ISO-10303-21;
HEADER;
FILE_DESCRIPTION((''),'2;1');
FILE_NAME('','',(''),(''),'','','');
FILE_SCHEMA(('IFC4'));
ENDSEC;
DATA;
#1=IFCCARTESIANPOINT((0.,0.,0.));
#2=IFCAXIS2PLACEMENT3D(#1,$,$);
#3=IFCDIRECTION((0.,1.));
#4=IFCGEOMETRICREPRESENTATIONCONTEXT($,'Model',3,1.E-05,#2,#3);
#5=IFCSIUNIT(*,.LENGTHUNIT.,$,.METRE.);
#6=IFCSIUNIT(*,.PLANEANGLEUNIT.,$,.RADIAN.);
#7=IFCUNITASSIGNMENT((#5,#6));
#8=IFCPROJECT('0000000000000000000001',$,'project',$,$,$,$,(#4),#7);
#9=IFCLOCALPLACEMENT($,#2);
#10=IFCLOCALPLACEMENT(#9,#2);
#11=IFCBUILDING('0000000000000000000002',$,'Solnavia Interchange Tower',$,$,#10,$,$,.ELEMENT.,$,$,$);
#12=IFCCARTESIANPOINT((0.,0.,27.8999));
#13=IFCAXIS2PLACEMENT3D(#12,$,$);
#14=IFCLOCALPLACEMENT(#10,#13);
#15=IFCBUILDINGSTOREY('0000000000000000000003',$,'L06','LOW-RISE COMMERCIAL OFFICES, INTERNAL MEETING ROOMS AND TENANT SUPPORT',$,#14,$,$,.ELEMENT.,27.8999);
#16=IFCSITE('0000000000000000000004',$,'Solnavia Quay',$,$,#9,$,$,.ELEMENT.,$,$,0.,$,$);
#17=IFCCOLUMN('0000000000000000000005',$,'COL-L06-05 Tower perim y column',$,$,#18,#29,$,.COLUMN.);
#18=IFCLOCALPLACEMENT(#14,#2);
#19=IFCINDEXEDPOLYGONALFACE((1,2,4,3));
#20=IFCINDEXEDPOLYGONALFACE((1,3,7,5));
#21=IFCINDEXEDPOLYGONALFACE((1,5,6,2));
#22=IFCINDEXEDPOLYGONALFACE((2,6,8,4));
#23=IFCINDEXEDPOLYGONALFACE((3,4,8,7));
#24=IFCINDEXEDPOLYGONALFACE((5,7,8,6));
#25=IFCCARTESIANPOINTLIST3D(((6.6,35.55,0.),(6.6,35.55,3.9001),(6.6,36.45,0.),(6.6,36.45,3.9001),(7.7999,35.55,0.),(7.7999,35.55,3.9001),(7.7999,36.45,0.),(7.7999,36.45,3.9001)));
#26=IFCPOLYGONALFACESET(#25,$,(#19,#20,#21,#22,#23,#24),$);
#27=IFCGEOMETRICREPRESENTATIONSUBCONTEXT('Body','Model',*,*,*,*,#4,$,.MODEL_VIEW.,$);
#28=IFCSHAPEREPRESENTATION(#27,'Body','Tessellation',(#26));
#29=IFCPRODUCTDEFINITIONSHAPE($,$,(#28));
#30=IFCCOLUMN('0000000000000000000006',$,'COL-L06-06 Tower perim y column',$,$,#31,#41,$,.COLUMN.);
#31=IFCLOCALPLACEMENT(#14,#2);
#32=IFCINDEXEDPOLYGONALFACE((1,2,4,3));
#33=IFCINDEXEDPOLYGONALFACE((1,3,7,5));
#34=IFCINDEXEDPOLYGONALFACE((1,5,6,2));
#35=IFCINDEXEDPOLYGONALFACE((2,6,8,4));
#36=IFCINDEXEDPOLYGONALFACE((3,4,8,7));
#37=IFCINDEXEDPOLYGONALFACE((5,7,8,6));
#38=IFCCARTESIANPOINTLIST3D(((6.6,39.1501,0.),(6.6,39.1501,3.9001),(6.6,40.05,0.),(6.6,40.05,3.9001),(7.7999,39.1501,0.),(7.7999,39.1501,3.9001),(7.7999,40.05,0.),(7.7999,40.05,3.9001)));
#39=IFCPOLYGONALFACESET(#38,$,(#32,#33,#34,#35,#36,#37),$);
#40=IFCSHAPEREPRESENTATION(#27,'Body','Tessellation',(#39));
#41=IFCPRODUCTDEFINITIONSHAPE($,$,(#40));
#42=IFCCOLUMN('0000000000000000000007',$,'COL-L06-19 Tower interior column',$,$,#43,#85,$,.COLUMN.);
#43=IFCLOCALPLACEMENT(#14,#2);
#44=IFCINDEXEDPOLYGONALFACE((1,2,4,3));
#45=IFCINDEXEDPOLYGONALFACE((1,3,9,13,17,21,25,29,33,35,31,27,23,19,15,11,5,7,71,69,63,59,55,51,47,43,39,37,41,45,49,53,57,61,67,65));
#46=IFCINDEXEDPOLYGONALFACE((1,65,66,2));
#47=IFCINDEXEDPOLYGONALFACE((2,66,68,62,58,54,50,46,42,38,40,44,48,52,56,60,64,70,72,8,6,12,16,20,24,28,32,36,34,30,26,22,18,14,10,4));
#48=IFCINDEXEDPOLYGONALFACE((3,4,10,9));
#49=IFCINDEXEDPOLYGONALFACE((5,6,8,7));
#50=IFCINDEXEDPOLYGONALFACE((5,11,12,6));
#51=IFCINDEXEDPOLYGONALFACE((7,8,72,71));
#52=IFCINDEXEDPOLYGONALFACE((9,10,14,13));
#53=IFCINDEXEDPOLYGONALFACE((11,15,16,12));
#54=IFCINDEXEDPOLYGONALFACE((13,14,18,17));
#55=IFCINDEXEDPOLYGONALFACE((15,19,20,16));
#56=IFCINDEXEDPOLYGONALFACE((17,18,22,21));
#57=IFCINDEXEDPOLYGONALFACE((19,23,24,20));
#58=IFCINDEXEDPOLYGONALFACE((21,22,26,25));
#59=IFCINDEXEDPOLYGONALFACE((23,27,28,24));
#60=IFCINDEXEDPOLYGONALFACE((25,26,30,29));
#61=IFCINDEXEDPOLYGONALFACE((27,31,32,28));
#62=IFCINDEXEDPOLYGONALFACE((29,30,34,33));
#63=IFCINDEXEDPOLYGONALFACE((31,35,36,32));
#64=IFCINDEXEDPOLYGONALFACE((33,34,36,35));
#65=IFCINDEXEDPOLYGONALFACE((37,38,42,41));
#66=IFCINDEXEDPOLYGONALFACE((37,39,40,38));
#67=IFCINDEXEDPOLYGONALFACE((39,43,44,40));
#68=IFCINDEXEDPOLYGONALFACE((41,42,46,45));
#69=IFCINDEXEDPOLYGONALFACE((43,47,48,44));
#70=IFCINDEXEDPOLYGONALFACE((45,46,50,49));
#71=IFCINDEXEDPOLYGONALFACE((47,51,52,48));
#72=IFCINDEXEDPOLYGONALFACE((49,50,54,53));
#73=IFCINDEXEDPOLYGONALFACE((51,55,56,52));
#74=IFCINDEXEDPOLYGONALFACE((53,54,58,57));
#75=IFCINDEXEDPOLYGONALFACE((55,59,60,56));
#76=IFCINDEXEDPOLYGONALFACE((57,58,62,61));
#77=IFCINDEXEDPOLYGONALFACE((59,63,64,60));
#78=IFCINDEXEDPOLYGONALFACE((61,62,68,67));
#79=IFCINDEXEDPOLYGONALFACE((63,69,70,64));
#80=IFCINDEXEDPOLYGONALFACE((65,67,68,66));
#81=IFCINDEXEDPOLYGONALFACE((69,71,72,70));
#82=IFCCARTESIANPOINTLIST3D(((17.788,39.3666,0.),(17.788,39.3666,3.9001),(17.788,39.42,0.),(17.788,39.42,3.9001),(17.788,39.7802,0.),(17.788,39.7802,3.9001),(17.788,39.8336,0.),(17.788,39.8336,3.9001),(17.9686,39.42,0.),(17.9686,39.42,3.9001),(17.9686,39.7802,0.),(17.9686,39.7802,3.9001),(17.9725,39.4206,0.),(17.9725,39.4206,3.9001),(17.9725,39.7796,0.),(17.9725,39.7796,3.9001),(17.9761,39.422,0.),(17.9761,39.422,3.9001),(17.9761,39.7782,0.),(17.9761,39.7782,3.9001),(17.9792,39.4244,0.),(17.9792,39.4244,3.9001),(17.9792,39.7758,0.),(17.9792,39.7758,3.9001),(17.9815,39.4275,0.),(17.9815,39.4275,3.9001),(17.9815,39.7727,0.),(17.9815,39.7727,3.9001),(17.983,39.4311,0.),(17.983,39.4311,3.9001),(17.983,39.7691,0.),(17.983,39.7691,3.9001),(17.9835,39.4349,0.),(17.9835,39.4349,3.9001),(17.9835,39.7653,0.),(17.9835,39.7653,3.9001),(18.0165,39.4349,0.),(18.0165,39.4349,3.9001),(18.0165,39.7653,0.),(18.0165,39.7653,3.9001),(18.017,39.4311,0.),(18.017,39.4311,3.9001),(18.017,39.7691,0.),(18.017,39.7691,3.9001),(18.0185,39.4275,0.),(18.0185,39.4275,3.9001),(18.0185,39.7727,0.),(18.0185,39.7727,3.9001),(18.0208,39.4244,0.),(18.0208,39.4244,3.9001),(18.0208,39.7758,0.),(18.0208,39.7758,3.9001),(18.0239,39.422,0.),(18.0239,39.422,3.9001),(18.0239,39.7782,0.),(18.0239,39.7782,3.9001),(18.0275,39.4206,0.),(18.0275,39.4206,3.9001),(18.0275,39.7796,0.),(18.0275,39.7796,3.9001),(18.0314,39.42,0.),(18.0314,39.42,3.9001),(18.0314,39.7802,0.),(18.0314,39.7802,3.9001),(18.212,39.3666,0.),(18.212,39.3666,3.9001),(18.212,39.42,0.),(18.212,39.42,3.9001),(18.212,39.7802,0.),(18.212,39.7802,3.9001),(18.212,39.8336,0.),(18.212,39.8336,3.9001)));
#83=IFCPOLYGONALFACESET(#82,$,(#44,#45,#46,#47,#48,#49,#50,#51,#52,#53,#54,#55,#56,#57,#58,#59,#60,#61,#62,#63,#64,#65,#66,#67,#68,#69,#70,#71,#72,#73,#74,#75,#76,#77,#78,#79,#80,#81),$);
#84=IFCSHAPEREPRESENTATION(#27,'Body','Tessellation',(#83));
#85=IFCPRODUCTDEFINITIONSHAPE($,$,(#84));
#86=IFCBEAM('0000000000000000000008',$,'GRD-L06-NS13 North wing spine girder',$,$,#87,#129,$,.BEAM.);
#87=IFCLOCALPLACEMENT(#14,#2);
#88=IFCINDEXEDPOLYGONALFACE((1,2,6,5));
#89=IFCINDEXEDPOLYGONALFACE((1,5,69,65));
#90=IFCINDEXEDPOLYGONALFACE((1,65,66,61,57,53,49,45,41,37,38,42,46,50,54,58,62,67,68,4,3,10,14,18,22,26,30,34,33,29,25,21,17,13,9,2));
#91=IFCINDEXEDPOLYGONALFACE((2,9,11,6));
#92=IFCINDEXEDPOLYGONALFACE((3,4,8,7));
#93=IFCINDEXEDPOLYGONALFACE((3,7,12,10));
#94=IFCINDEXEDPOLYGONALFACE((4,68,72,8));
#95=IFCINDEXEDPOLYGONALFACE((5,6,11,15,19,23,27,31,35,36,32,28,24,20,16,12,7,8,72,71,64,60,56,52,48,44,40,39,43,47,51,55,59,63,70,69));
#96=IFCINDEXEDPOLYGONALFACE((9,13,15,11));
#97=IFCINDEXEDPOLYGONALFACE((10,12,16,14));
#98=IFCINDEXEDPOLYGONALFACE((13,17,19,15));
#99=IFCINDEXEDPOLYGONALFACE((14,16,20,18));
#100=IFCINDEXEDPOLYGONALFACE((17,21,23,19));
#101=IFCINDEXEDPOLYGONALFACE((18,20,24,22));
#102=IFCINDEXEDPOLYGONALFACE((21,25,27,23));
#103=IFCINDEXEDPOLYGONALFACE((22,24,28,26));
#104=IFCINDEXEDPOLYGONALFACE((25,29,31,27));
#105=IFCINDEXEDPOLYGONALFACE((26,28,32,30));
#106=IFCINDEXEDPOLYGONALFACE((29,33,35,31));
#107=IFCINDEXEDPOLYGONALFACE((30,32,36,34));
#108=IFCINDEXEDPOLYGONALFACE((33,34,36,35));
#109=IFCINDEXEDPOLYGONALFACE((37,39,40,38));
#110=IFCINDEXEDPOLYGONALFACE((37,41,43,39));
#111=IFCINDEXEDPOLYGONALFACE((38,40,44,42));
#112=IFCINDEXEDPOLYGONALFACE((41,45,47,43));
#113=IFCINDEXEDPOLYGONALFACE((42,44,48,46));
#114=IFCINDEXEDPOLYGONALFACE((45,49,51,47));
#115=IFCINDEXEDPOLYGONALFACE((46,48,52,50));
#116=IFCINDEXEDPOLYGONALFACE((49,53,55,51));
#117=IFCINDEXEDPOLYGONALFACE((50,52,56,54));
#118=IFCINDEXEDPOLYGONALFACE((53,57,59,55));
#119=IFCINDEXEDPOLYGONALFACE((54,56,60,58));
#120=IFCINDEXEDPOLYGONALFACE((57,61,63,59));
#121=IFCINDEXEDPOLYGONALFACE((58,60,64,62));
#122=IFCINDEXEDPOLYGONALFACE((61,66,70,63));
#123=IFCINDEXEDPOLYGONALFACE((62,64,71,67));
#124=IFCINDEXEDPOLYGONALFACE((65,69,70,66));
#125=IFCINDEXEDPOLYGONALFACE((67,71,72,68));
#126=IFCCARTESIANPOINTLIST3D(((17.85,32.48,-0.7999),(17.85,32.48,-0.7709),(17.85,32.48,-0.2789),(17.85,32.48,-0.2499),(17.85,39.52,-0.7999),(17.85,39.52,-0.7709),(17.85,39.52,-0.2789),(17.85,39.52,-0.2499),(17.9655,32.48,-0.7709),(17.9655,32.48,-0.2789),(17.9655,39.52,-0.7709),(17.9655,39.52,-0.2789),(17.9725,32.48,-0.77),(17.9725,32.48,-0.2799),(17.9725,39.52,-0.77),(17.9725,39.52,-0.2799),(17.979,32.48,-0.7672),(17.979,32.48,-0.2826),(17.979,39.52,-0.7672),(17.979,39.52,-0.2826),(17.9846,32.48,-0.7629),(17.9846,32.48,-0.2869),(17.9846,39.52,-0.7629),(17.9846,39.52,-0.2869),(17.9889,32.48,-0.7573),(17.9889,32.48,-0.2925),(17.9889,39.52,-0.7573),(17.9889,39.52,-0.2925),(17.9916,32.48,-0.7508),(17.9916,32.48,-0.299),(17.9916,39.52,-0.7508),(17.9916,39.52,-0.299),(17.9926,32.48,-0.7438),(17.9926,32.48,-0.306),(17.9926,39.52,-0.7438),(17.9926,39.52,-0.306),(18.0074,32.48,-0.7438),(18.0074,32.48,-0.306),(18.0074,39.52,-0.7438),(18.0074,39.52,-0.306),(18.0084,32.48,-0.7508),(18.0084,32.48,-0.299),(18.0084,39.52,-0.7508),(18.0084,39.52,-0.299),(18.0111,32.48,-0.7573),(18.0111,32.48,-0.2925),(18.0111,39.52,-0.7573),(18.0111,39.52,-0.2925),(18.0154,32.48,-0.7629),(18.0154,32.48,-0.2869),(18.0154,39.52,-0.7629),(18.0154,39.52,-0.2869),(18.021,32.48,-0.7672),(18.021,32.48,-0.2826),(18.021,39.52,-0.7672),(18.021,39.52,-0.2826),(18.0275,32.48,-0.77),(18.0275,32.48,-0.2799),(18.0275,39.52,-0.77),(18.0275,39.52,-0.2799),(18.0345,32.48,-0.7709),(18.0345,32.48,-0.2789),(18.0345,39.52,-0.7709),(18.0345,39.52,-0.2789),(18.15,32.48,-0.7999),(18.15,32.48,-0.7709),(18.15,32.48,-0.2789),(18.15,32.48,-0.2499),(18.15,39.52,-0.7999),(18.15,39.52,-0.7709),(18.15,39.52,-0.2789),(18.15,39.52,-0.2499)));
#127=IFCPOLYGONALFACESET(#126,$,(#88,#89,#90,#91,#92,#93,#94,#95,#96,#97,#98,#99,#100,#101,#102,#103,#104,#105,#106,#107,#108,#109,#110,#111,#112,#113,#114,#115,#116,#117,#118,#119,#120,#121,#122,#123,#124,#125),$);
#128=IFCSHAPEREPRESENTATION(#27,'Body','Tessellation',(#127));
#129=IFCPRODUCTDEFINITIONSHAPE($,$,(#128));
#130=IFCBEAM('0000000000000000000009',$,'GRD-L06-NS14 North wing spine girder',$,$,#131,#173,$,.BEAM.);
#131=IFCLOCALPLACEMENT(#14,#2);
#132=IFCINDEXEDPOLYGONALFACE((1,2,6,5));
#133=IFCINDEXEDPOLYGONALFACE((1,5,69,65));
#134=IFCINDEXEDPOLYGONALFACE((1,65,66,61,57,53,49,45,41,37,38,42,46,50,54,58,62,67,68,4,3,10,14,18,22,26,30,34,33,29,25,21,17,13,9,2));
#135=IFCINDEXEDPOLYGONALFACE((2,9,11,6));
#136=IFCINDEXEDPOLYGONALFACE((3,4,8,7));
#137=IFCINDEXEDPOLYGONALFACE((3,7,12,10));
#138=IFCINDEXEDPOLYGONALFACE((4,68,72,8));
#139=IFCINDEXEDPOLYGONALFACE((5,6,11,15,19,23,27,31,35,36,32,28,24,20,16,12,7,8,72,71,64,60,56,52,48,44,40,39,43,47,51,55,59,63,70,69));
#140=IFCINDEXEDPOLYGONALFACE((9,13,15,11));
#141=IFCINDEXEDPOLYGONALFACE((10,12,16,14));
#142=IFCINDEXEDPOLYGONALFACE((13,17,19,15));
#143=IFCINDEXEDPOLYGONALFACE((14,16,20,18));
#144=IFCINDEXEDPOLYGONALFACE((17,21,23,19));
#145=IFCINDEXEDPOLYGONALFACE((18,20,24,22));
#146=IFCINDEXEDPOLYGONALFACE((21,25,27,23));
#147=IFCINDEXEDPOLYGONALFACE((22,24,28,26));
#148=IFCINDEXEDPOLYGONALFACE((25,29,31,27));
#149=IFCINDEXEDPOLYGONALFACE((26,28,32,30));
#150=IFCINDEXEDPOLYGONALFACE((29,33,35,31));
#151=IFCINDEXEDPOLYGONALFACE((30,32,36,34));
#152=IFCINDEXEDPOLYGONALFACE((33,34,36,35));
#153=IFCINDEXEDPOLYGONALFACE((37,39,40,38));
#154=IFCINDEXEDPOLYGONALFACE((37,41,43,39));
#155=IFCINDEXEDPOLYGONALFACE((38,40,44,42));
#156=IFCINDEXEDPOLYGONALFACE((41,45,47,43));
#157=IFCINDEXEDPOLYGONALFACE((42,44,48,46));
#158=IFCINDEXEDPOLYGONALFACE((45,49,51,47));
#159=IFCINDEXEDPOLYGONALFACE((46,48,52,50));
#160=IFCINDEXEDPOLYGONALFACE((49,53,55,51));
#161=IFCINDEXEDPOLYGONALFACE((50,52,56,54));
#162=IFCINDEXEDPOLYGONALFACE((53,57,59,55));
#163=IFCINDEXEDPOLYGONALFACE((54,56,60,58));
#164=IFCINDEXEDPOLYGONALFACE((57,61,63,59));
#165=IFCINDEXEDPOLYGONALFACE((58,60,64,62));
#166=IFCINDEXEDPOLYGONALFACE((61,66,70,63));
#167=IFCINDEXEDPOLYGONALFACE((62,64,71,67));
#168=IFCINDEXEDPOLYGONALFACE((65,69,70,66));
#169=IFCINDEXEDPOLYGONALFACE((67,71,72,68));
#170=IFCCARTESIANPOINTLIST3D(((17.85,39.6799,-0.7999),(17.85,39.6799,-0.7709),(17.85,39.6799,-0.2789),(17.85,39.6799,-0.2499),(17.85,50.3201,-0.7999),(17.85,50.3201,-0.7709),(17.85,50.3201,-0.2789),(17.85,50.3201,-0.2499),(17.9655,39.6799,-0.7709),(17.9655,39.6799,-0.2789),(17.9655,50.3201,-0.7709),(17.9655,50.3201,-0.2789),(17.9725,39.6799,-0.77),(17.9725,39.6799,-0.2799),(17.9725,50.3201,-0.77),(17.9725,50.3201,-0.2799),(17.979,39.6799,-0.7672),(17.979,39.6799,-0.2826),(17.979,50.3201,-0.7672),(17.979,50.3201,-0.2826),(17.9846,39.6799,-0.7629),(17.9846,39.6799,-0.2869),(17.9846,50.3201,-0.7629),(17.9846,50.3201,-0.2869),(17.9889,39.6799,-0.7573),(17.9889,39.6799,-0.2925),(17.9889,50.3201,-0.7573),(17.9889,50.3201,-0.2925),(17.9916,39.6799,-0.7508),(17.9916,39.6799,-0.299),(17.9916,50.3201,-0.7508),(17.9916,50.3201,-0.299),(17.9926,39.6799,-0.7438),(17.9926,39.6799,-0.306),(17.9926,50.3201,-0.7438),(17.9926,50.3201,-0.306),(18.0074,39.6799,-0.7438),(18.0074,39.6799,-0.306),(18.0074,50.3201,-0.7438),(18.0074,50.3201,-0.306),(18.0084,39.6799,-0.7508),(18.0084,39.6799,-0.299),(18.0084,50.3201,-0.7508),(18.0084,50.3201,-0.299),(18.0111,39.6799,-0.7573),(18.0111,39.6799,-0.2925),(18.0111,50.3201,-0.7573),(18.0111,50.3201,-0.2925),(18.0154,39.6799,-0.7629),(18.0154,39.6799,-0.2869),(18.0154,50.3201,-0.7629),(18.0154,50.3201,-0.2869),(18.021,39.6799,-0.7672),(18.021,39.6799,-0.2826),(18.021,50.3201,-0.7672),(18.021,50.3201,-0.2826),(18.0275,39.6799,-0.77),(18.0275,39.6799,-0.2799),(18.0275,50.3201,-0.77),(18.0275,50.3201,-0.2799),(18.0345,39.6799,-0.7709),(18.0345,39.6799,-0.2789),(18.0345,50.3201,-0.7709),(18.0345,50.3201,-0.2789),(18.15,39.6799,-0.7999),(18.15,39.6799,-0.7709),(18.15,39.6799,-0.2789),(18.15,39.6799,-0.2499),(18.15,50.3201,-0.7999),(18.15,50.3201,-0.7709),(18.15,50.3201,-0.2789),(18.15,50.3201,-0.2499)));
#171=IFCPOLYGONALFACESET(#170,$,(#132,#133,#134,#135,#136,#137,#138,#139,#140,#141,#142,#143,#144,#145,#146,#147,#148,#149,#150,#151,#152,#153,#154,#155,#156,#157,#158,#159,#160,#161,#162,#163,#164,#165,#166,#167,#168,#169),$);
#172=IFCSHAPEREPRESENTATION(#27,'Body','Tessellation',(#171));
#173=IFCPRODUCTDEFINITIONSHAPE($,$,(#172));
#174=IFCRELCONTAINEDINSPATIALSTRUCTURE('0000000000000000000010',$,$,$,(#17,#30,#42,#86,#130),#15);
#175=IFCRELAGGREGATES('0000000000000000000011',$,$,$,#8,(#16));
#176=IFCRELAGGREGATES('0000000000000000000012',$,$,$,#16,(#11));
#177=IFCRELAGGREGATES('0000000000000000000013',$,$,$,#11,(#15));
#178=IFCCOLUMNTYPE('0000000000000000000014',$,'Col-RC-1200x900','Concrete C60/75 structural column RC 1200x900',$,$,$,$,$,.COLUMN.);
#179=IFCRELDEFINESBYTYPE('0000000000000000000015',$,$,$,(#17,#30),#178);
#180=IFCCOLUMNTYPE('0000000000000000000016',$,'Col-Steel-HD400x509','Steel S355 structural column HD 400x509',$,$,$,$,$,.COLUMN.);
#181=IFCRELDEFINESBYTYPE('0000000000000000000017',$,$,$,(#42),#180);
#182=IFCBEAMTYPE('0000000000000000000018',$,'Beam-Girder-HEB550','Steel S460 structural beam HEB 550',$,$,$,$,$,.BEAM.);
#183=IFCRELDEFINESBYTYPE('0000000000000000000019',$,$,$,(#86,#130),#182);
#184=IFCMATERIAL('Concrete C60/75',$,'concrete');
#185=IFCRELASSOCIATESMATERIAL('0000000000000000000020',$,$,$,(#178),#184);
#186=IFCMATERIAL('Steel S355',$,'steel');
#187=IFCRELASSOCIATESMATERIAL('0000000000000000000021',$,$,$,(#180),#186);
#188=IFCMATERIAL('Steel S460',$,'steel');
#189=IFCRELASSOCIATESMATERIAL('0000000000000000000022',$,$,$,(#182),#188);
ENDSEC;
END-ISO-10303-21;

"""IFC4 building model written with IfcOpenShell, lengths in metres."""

from ifc_helpers import new_model, si_unit, direction, frame, origin, origin_2d, place, context, subcontext, project, spatial, rectangle, i_section, extrude, material, material_profile, profile_set, type_object, element, save


model = new_model("IFC4")

# Units and contexts
model_context = context("Model", 3, precision=1e-05, world=origin(), true_north=direction((0.0, 1.0)))
body_context = subcontext(model_context, "Body", "Model", "MODEL_VIEW")
ifc_project = project(units=[si_unit("LENGTHUNIT", "METRE"), si_unit("PLANEANGLEUNIT", "RADIAN")], contexts=[model_context])

# Site, building, storey
site_placement = place(None, origin())
site = spatial("IfcSite", under=ifc_project, at=site_placement, Name="Solnavia Quay", CompositionType="ELEMENT", RefElevation=0.0)
building_placement = place(site_placement, origin())
building = spatial("IfcBuilding", under=site, at=building_placement, Name="Solnavia Interchange Tower", CompositionType="ELEMENT")
storey_placement = place(building_placement, frame((0.0, 0.0, 27.8999)))
storey = spatial("IfcBuildingStorey", under=building, at=storey_placement, Name="L06", Description="LOW-RISE COMMERCIAL OFFICES, INTERNAL MEETING ROOMS AND TENANT SUPPORT", CompositionType="ELEMENT", Elevation=27.8999)

# Columns
ifc_material_1 = material(Name="Concrete C60/75", Category="concrete")
ifc_material_profile_1 = material_profile(ifc_material_1, rectangle(XDim=0.8999, YDim=1.2, at=origin_2d()), Name="RC 1200x900")
ifc_profile_set_1 = profile_set([ifc_material_profile_1], Name="Concrete C60/75")
column_type_1 = type_object("IfcColumnType", Name="Col-RC-1200x900", Description="Concrete C60/75 structural column RC 1200x900", PredefinedType="COLUMN", material=ifc_profile_set_1)
for number, where, z_axis, x_axis, name in (
    (1, (7.2, 36.0, 0.0), (0.0, 0.0, 1.0), (0.0, 1.0, 0.0), "COL-L06-05 Tower perim y column"),
    (2, (7.2, 39.6001, 0.0), (0.0, 0.0, 1.0), (0.0, 1.0, 0.0), "COL-L06-06 Tower perim y column"),
):
    element("IfcColumn", number, at=place(storey_placement, frame(where, z_axis=z_axis, x_axis=x_axis)), inside=storey, type_object=column_type_1, Name=name, PredefinedType="COLUMN", context=body_context, shape_type="SweptSolid", body=[
        extrude(rectangle(XDim=0.8999, YDim=1.2, at=origin_2d()), origin(), (0.0, 0.0, 1.0), 3.9001),
    ])
ifc_material_2 = material(Name="Steel S355", Category="steel")
ifc_material_profile_2 = material_profile(ifc_material_2, i_section(OverallWidth=0.4241, OverallDepth=0.467, WebThickness=0.033, FlangeThickness=0.0535, FilletRadius=0.0149, at=origin_2d()), Name="HD 400x509")
ifc_profile_set_2 = profile_set([ifc_material_profile_2], Name="Steel S355")
column_type_2 = type_object("IfcColumnType", Name="Col-Steel-HD400x509", Description="Steel S355 structural column HD 400x509", PredefinedType="COLUMN", material=ifc_profile_set_2)
column_placement = place(storey_placement, frame((18.0, 39.6001, 0.0), z_axis=(0.0, 0.0, 1.0), x_axis=(1.0, 0.0, 0.0)))
element("IfcColumn", 3, at=column_placement, inside=storey, type_object=column_type_2, Name="COL-L06-19 Tower interior column", PredefinedType="COLUMN", context=body_context, shape_type="SweptSolid", body=[
    extrude(i_section(OverallWidth=0.4241, OverallDepth=0.467, WebThickness=0.033, FlangeThickness=0.0535, FilletRadius=0.0149, at=origin_2d()), origin(), (0.0, 0.0, 1.0), 3.9001),
])

# Beams
ifc_material_3 = material(Name="Steel S460", Category="steel")
ifc_material_profile_3 = material_profile(ifc_material_3, i_section(OverallWidth=0.3, OverallDepth=0.55, WebThickness=0.0149, FlangeThickness=0.0291, FilletRadius=0.0271, at=origin_2d()), Name="HEB 550")
ifc_profile_set_3 = profile_set([ifc_material_profile_3], Name="Steel S460")
beam_type_1 = type_object("IfcBeamType", Name="Beam-Girder-HEB550", Description="Steel S460 structural beam HEB 550", PredefinedType="BEAM", material=ifc_profile_set_3)
beam_1_placement = place(storey_placement, frame((18.0, 32.48, -0.5249), z_axis=(0.0, 1.0, 0.0), x_axis=(-1.0, 0.0, 0.0)))
element("IfcBeam", 4, at=beam_1_placement, inside=storey, type_object=beam_type_1, Name="GRD-L06-NS13 North wing spine girder", PredefinedType="BEAM", context=body_context, shape_type="SweptSolid", body=[
    extrude(i_section(OverallWidth=0.3, OverallDepth=0.55, WebThickness=0.0149, FlangeThickness=0.0291, FilletRadius=0.0271, at=origin_2d()), origin(), (0.0, 0.0, 1.0), 7.04),
])
beam_2_placement = place(storey_placement, frame((18.0, 39.6799, -0.5249), z_axis=(0.0, 1.0, 0.0), x_axis=(-1.0, 0.0, 0.0)))
element("IfcBeam", 5, at=beam_2_placement, inside=storey, type_object=beam_type_1, Name="GRD-L06-NS14 North wing spine girder", PredefinedType="BEAM", context=body_context, shape_type="SweptSolid", body=[
    extrude(i_section(OverallWidth=0.3, OverallDepth=0.55, WebThickness=0.0149, FlangeThickness=0.0291, FilletRadius=0.0271, at=origin_2d()), origin(), (0.0, 0.0, 1.0), 10.6401),
])

save(model, "model.ifc")
